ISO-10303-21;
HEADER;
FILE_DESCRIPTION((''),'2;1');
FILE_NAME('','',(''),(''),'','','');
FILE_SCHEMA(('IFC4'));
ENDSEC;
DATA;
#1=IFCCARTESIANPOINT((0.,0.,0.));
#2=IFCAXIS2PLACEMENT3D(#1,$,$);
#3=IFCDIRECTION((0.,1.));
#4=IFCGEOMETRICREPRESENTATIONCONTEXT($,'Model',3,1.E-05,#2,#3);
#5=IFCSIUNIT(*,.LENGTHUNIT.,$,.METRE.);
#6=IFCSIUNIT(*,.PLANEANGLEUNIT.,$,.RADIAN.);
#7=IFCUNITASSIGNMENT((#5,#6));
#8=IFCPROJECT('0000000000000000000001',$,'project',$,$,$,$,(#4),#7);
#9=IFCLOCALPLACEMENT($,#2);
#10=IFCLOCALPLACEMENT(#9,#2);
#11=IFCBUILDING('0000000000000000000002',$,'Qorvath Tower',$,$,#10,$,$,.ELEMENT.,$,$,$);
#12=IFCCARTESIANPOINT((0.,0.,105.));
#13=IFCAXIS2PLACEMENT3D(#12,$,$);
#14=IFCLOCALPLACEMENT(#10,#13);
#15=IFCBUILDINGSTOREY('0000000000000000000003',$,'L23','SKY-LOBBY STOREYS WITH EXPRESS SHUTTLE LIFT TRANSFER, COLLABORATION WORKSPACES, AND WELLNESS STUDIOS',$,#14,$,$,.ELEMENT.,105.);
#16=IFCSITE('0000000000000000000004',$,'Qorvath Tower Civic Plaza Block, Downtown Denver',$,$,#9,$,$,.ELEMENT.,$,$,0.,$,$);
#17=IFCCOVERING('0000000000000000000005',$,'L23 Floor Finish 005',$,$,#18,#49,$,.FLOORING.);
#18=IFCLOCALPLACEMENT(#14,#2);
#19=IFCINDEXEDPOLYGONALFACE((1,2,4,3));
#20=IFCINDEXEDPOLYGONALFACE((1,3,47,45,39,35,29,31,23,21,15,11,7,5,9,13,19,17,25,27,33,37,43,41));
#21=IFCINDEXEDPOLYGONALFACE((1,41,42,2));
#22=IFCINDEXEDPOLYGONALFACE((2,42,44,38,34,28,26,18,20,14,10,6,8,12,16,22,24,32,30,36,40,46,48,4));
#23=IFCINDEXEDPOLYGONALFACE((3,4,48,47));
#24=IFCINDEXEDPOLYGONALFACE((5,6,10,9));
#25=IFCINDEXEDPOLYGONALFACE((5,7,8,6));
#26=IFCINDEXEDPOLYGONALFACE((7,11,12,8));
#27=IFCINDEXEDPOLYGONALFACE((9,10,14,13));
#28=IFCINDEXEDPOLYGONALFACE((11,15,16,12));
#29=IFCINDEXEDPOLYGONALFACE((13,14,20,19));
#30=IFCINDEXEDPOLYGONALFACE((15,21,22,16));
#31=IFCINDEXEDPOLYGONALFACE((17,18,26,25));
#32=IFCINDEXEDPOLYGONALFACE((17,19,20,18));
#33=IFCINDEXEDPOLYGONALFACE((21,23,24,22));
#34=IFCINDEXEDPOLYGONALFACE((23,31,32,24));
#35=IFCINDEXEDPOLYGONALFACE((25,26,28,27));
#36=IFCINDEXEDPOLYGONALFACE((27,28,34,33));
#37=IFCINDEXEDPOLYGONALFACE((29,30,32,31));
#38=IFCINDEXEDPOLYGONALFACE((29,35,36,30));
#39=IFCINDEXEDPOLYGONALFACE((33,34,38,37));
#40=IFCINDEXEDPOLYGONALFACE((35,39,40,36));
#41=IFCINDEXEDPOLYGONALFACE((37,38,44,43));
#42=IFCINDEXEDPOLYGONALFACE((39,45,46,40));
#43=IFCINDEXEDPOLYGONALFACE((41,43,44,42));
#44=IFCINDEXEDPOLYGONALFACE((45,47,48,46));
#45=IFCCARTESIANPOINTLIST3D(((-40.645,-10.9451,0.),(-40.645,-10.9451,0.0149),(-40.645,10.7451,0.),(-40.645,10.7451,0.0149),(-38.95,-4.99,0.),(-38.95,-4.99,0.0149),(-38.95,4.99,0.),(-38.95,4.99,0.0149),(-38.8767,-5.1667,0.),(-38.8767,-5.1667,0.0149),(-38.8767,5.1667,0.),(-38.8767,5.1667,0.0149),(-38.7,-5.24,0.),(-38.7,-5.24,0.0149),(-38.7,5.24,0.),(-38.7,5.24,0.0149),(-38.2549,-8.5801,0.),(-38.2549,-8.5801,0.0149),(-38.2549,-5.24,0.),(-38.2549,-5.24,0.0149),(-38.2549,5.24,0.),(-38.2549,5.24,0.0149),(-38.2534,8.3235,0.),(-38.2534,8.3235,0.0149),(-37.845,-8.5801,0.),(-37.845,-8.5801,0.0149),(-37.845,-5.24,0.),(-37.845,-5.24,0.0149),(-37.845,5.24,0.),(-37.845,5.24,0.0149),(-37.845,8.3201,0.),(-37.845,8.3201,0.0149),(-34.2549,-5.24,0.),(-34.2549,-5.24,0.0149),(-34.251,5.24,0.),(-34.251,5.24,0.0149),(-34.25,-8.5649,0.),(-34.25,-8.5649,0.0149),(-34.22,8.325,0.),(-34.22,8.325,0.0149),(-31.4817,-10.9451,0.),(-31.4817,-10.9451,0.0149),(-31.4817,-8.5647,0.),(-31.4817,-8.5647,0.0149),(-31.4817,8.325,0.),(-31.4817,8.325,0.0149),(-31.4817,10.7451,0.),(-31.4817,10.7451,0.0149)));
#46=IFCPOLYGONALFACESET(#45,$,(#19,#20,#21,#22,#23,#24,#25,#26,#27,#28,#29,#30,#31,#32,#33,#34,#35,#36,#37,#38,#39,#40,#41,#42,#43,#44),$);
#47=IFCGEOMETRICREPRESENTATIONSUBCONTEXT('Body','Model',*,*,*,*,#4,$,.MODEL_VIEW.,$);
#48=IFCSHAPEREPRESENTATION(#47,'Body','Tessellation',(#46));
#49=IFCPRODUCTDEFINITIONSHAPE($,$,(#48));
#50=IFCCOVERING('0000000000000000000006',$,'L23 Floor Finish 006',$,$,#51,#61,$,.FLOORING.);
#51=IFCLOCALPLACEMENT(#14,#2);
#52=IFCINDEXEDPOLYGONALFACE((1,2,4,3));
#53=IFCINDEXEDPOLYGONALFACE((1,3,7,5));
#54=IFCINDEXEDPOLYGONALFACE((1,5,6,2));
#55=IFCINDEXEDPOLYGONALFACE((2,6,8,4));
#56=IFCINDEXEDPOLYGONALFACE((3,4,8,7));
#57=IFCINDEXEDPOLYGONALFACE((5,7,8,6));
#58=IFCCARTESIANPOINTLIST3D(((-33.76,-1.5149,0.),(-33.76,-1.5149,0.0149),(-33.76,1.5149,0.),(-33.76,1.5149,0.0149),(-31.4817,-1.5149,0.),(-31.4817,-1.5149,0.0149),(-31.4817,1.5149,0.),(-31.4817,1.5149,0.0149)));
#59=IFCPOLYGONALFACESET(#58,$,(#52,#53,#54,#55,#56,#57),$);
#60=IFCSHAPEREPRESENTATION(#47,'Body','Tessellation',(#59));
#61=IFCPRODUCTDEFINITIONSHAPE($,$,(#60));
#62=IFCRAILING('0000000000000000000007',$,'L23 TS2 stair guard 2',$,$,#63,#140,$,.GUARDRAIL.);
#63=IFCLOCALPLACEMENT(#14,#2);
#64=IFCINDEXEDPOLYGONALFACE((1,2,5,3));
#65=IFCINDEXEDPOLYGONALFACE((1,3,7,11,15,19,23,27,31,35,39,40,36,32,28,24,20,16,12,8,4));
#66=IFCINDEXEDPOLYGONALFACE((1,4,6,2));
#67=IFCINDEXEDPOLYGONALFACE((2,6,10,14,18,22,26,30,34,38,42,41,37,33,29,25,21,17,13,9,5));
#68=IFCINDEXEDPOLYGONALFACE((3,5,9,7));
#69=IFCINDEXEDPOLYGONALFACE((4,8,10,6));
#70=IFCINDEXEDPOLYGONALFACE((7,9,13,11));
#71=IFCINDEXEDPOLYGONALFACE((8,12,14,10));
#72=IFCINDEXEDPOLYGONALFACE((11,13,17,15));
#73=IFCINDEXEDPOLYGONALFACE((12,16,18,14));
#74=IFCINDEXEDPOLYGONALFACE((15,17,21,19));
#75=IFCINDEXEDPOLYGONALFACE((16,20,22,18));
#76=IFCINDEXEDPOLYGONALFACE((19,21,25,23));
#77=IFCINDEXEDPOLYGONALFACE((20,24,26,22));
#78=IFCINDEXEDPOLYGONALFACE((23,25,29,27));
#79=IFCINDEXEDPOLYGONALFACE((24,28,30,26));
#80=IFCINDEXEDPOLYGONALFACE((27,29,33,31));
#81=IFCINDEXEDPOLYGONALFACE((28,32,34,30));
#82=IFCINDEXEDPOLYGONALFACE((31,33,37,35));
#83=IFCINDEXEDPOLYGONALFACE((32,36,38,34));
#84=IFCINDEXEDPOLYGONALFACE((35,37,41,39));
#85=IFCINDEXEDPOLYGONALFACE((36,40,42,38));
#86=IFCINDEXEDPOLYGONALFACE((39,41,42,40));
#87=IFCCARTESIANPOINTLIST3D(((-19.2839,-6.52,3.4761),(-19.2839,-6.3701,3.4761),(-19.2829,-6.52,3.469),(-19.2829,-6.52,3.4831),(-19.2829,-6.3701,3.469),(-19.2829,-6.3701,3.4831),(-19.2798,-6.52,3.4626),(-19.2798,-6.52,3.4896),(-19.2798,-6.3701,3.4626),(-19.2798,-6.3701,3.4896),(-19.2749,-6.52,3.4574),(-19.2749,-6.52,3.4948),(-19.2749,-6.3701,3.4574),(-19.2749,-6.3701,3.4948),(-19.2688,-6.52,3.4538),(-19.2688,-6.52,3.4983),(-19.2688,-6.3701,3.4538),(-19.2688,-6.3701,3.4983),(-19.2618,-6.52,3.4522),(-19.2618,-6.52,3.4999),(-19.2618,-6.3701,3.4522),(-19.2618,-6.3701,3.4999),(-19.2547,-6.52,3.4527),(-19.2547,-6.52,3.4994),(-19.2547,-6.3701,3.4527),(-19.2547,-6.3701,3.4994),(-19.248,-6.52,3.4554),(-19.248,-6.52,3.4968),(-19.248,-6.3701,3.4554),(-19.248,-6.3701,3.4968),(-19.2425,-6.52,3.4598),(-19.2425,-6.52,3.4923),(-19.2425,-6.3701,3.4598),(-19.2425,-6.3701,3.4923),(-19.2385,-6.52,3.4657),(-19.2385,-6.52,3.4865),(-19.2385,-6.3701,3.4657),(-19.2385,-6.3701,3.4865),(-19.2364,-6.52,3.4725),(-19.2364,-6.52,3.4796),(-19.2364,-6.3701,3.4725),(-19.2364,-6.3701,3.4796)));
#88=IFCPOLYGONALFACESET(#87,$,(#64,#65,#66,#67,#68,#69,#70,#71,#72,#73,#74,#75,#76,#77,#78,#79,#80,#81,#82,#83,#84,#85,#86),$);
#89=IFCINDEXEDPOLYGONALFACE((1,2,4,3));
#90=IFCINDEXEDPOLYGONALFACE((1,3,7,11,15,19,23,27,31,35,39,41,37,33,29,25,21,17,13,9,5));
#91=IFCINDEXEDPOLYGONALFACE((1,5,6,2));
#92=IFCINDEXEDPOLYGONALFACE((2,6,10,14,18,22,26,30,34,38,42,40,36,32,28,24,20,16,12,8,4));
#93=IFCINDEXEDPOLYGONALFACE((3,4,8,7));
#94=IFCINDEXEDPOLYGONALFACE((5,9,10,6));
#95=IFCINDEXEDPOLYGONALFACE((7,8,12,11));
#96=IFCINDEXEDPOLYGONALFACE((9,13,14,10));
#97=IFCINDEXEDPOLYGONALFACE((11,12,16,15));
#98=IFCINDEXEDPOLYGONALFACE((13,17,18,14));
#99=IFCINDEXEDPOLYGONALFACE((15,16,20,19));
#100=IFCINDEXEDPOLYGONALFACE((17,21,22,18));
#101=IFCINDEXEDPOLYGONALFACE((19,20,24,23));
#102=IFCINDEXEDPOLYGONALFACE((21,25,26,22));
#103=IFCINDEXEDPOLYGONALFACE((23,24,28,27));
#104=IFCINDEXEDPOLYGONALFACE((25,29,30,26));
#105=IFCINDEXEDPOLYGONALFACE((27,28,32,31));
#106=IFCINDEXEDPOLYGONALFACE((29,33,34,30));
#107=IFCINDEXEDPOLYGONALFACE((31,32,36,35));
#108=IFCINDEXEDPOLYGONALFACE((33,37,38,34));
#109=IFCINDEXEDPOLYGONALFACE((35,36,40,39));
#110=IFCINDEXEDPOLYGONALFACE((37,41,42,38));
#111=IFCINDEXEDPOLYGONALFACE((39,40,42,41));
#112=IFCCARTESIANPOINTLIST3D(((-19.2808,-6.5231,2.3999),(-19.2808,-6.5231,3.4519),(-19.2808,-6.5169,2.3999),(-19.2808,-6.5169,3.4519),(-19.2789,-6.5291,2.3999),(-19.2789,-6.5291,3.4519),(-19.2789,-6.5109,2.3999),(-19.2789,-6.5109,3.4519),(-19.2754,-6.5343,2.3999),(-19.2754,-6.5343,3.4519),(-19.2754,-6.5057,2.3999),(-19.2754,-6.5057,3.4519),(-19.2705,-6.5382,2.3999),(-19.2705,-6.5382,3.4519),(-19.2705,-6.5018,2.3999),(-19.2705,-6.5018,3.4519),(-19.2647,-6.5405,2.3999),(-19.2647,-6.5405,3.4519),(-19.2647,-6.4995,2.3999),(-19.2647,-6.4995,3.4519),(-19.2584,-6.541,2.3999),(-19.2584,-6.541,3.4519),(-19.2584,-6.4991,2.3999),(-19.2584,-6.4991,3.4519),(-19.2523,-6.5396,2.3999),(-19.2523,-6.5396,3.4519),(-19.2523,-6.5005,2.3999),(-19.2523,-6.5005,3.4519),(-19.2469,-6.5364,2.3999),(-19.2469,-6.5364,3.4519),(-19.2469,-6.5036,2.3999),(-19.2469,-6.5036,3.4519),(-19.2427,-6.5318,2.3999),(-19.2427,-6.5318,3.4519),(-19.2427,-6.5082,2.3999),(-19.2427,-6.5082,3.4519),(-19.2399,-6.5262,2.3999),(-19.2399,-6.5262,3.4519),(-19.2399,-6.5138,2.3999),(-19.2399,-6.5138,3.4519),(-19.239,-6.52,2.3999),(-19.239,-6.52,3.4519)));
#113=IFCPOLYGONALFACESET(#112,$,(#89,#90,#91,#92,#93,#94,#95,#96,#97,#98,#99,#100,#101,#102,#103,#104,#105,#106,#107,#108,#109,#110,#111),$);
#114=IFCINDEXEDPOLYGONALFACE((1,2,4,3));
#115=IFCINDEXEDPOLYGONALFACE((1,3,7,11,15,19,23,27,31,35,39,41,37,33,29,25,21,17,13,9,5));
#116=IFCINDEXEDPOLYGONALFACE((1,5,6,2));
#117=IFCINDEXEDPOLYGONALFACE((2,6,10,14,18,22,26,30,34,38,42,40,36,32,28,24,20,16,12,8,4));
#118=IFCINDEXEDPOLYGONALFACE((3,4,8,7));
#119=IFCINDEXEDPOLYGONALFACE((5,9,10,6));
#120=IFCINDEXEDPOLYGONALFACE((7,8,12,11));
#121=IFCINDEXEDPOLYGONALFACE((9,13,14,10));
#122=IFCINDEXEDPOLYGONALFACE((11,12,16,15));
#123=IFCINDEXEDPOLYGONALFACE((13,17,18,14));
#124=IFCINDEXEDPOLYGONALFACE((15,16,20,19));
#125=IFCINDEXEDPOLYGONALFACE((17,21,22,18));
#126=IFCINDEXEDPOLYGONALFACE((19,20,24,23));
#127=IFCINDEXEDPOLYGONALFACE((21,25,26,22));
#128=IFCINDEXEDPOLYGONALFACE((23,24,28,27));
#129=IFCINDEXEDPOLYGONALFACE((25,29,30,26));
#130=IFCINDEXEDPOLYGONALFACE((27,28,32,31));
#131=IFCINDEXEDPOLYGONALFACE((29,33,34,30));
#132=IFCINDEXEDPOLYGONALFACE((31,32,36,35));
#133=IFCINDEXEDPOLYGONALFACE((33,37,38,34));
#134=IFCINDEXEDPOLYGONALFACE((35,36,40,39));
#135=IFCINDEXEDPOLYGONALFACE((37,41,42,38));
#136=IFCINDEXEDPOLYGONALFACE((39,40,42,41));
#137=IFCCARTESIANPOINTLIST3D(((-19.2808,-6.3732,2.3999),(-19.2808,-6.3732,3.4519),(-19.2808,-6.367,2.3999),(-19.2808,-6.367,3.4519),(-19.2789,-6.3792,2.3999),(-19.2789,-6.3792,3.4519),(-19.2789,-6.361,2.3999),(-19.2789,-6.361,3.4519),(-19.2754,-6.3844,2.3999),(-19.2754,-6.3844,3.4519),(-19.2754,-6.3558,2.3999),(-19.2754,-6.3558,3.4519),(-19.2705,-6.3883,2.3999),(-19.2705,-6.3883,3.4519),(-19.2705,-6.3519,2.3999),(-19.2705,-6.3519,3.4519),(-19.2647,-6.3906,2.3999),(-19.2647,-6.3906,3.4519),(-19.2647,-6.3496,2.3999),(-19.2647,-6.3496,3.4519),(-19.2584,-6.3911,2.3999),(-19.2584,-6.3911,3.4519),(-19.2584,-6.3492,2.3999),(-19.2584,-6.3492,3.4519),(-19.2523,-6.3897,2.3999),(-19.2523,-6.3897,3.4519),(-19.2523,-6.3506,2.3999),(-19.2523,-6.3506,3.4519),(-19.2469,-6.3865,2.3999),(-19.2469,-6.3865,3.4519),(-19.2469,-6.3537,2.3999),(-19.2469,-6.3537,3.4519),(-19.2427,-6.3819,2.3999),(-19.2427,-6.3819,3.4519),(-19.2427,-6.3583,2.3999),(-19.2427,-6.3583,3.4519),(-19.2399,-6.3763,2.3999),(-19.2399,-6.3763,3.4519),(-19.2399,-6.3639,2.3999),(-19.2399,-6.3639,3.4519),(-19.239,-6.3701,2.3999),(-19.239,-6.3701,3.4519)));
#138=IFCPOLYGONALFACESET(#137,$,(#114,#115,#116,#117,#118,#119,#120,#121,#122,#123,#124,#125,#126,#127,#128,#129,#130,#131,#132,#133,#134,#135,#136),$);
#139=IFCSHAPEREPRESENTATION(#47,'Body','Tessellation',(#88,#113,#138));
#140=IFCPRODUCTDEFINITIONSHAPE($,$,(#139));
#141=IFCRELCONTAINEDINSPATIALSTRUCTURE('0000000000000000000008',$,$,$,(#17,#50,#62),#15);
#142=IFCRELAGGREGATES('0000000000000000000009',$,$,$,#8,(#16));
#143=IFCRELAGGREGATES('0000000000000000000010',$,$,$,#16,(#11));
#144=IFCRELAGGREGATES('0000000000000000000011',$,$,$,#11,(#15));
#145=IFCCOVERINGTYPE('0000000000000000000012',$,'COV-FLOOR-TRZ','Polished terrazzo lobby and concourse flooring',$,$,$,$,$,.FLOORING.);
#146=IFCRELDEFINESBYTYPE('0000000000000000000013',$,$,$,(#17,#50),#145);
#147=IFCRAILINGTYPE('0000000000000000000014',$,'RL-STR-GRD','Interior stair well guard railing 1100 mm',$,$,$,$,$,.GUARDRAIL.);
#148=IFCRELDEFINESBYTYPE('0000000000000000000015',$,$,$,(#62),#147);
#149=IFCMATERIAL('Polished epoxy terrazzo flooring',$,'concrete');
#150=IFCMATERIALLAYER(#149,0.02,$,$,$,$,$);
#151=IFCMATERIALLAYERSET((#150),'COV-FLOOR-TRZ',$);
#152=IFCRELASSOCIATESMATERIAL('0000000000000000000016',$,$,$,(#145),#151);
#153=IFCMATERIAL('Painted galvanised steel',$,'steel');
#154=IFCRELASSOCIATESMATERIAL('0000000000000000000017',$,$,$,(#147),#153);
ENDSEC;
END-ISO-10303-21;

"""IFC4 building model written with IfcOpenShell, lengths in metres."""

from ifc_helpers import new_model, si_unit, direction, frame, origin, origin_2d, place, context, subcontext, project, spatial, polyline, circle, outline, extrude, material, layer, layer_set, type_object, element, save


model = new_model("IFC4")

# Units and contexts
model_context = context("Model", 3, precision=1e-05, world=origin(), true_north=direction((0.0, 1.0)))
body_context = subcontext(model_context, "Body", "Model", "MODEL_VIEW")
ifc_project = project(units=[si_unit("LENGTHUNIT", "METRE"), si_unit("PLANEANGLEUNIT", "RADIAN")], contexts=[model_context])

# Site, building, storey
site_placement = place(None, origin())
site = spatial("IfcSite", under=ifc_project, at=site_placement, Name="Qorvath Tower Civic Plaza Block, Downtown Denver", CompositionType="ELEMENT", RefElevation=0.0)
building_placement = place(site_placement, origin())
building = spatial("IfcBuilding", under=site, at=building_placement, Name="Qorvath Tower", CompositionType="ELEMENT")
storey_placement = place(building_placement, frame((0.0, 0.0, 105.0)))
storey = spatial("IfcBuildingStorey", under=building, at=storey_placement, Name="L23", Description="SKY-LOBBY STOREYS WITH EXPRESS SHUTTLE LIFT TRANSFER, COLLABORATION WORKSPACES, AND WELLNESS STUDIOS", CompositionType="ELEMENT", Elevation=105.0)

# Coverings
ifc_material_1 = material(Name="Polished epoxy terrazzo flooring", Category="concrete")
ifc_layer_1 = layer(ifc_material_1, 0.02)
ifc_layer_set_1 = layer_set([ifc_layer_1], Name="COV-FLOOR-TRZ")
covering_type_1 = type_object("IfcCoveringType", Name="COV-FLOOR-TRZ", Description="Polished terrazzo lobby and concourse flooring", PredefinedType="FLOORING", material=ifc_layer_set_1)
covering_1_placement = place(storey_placement, origin())
element("IfcCovering", 1, at=covering_1_placement, inside=storey, type_object=covering_type_1, Name="L23 Floor Finish 005", PredefinedType="FLOORING", context=body_context, shape_type="SweptSolid", body=[
    extrude(outline(polyline([(-31.4817, -10.9451), (-31.4817, -8.5647), (-34.25, -8.5649), (-34.2549, -5.24), (-37.845, -5.24), (-37.845, -8.5801), (-38.2549, -8.5801), (-38.2549, -5.24), (-38.7, -5.24), (-38.8767, -5.1667), (-38.95, -4.99), (-38.95, 4.99), (-38.8767, 5.1667), (-38.7, 5.24), (-38.2549, 5.24), (-38.2534, 8.3235), (-37.845, 8.3201), (-37.845, 5.24), (-34.251, 5.24), (-34.22, 8.325), (-31.4817, 8.325), (-31.4817, 10.7451), (-40.645, 10.7451), (-40.645, -10.9451), (-31.4817, -10.9451)])), origin(), (0.0, 0.0, 1.0), 0.0149),
])
covering_2_placement = place(storey_placement, origin())
element("IfcCovering", 2, at=covering_2_placement, inside=storey, type_object=covering_type_1, Name="L23 Floor Finish 006", PredefinedType="FLOORING", context=body_context, shape_type="SweptSolid", body=[
    extrude(outline(polyline([(-31.4817, -1.5149), (-31.4817, 1.5149), (-33.76, 1.5149), (-33.76, -1.5149), (-31.4817, -1.5149)])), origin(), (0.0, 0.0, 1.0), 0.0149),
])

# Railing
ifc_material_2 = material(Name="Painted galvanised steel", Category="steel")
railing_type_1 = type_object("IfcRailingType", Name="RL-STR-GRD", Description="Interior stair well guard railing 1100 mm", PredefinedType="GUARDRAIL", material=ifc_material_2)
railing_1_placement = place(storey_placement, frame((-19.26, -6.52, 2.3999)))
element("IfcRailing", 3, at=railing_1_placement, inside=storey, type_object=railing_type_1, Name="L23 TS2 stair guard 2", PredefinedType="GUARDRAIL", context=body_context, shape_type="SweptSolid", body=[
    extrude(circle(Radius=0.0239, at=origin_2d()), frame((0.0, 0.0, 1.0762), z_axis=(0.0, 1.0, 0.0), x_axis=(-1.0, 0.0, 0.0)), (0.0, 0.0, 1.0), 0.1499),
    extrude(circle(Radius=0.021, at=origin_2d()), origin(), (0.0, 0.0, 1.0), 1.052),
    extrude(circle(Radius=0.021, at=origin_2d()), frame((0.0, 0.1499, 0.0)), (0.0, 0.0, 1.0), 1.052),
])

save(model, "model.ifc")
